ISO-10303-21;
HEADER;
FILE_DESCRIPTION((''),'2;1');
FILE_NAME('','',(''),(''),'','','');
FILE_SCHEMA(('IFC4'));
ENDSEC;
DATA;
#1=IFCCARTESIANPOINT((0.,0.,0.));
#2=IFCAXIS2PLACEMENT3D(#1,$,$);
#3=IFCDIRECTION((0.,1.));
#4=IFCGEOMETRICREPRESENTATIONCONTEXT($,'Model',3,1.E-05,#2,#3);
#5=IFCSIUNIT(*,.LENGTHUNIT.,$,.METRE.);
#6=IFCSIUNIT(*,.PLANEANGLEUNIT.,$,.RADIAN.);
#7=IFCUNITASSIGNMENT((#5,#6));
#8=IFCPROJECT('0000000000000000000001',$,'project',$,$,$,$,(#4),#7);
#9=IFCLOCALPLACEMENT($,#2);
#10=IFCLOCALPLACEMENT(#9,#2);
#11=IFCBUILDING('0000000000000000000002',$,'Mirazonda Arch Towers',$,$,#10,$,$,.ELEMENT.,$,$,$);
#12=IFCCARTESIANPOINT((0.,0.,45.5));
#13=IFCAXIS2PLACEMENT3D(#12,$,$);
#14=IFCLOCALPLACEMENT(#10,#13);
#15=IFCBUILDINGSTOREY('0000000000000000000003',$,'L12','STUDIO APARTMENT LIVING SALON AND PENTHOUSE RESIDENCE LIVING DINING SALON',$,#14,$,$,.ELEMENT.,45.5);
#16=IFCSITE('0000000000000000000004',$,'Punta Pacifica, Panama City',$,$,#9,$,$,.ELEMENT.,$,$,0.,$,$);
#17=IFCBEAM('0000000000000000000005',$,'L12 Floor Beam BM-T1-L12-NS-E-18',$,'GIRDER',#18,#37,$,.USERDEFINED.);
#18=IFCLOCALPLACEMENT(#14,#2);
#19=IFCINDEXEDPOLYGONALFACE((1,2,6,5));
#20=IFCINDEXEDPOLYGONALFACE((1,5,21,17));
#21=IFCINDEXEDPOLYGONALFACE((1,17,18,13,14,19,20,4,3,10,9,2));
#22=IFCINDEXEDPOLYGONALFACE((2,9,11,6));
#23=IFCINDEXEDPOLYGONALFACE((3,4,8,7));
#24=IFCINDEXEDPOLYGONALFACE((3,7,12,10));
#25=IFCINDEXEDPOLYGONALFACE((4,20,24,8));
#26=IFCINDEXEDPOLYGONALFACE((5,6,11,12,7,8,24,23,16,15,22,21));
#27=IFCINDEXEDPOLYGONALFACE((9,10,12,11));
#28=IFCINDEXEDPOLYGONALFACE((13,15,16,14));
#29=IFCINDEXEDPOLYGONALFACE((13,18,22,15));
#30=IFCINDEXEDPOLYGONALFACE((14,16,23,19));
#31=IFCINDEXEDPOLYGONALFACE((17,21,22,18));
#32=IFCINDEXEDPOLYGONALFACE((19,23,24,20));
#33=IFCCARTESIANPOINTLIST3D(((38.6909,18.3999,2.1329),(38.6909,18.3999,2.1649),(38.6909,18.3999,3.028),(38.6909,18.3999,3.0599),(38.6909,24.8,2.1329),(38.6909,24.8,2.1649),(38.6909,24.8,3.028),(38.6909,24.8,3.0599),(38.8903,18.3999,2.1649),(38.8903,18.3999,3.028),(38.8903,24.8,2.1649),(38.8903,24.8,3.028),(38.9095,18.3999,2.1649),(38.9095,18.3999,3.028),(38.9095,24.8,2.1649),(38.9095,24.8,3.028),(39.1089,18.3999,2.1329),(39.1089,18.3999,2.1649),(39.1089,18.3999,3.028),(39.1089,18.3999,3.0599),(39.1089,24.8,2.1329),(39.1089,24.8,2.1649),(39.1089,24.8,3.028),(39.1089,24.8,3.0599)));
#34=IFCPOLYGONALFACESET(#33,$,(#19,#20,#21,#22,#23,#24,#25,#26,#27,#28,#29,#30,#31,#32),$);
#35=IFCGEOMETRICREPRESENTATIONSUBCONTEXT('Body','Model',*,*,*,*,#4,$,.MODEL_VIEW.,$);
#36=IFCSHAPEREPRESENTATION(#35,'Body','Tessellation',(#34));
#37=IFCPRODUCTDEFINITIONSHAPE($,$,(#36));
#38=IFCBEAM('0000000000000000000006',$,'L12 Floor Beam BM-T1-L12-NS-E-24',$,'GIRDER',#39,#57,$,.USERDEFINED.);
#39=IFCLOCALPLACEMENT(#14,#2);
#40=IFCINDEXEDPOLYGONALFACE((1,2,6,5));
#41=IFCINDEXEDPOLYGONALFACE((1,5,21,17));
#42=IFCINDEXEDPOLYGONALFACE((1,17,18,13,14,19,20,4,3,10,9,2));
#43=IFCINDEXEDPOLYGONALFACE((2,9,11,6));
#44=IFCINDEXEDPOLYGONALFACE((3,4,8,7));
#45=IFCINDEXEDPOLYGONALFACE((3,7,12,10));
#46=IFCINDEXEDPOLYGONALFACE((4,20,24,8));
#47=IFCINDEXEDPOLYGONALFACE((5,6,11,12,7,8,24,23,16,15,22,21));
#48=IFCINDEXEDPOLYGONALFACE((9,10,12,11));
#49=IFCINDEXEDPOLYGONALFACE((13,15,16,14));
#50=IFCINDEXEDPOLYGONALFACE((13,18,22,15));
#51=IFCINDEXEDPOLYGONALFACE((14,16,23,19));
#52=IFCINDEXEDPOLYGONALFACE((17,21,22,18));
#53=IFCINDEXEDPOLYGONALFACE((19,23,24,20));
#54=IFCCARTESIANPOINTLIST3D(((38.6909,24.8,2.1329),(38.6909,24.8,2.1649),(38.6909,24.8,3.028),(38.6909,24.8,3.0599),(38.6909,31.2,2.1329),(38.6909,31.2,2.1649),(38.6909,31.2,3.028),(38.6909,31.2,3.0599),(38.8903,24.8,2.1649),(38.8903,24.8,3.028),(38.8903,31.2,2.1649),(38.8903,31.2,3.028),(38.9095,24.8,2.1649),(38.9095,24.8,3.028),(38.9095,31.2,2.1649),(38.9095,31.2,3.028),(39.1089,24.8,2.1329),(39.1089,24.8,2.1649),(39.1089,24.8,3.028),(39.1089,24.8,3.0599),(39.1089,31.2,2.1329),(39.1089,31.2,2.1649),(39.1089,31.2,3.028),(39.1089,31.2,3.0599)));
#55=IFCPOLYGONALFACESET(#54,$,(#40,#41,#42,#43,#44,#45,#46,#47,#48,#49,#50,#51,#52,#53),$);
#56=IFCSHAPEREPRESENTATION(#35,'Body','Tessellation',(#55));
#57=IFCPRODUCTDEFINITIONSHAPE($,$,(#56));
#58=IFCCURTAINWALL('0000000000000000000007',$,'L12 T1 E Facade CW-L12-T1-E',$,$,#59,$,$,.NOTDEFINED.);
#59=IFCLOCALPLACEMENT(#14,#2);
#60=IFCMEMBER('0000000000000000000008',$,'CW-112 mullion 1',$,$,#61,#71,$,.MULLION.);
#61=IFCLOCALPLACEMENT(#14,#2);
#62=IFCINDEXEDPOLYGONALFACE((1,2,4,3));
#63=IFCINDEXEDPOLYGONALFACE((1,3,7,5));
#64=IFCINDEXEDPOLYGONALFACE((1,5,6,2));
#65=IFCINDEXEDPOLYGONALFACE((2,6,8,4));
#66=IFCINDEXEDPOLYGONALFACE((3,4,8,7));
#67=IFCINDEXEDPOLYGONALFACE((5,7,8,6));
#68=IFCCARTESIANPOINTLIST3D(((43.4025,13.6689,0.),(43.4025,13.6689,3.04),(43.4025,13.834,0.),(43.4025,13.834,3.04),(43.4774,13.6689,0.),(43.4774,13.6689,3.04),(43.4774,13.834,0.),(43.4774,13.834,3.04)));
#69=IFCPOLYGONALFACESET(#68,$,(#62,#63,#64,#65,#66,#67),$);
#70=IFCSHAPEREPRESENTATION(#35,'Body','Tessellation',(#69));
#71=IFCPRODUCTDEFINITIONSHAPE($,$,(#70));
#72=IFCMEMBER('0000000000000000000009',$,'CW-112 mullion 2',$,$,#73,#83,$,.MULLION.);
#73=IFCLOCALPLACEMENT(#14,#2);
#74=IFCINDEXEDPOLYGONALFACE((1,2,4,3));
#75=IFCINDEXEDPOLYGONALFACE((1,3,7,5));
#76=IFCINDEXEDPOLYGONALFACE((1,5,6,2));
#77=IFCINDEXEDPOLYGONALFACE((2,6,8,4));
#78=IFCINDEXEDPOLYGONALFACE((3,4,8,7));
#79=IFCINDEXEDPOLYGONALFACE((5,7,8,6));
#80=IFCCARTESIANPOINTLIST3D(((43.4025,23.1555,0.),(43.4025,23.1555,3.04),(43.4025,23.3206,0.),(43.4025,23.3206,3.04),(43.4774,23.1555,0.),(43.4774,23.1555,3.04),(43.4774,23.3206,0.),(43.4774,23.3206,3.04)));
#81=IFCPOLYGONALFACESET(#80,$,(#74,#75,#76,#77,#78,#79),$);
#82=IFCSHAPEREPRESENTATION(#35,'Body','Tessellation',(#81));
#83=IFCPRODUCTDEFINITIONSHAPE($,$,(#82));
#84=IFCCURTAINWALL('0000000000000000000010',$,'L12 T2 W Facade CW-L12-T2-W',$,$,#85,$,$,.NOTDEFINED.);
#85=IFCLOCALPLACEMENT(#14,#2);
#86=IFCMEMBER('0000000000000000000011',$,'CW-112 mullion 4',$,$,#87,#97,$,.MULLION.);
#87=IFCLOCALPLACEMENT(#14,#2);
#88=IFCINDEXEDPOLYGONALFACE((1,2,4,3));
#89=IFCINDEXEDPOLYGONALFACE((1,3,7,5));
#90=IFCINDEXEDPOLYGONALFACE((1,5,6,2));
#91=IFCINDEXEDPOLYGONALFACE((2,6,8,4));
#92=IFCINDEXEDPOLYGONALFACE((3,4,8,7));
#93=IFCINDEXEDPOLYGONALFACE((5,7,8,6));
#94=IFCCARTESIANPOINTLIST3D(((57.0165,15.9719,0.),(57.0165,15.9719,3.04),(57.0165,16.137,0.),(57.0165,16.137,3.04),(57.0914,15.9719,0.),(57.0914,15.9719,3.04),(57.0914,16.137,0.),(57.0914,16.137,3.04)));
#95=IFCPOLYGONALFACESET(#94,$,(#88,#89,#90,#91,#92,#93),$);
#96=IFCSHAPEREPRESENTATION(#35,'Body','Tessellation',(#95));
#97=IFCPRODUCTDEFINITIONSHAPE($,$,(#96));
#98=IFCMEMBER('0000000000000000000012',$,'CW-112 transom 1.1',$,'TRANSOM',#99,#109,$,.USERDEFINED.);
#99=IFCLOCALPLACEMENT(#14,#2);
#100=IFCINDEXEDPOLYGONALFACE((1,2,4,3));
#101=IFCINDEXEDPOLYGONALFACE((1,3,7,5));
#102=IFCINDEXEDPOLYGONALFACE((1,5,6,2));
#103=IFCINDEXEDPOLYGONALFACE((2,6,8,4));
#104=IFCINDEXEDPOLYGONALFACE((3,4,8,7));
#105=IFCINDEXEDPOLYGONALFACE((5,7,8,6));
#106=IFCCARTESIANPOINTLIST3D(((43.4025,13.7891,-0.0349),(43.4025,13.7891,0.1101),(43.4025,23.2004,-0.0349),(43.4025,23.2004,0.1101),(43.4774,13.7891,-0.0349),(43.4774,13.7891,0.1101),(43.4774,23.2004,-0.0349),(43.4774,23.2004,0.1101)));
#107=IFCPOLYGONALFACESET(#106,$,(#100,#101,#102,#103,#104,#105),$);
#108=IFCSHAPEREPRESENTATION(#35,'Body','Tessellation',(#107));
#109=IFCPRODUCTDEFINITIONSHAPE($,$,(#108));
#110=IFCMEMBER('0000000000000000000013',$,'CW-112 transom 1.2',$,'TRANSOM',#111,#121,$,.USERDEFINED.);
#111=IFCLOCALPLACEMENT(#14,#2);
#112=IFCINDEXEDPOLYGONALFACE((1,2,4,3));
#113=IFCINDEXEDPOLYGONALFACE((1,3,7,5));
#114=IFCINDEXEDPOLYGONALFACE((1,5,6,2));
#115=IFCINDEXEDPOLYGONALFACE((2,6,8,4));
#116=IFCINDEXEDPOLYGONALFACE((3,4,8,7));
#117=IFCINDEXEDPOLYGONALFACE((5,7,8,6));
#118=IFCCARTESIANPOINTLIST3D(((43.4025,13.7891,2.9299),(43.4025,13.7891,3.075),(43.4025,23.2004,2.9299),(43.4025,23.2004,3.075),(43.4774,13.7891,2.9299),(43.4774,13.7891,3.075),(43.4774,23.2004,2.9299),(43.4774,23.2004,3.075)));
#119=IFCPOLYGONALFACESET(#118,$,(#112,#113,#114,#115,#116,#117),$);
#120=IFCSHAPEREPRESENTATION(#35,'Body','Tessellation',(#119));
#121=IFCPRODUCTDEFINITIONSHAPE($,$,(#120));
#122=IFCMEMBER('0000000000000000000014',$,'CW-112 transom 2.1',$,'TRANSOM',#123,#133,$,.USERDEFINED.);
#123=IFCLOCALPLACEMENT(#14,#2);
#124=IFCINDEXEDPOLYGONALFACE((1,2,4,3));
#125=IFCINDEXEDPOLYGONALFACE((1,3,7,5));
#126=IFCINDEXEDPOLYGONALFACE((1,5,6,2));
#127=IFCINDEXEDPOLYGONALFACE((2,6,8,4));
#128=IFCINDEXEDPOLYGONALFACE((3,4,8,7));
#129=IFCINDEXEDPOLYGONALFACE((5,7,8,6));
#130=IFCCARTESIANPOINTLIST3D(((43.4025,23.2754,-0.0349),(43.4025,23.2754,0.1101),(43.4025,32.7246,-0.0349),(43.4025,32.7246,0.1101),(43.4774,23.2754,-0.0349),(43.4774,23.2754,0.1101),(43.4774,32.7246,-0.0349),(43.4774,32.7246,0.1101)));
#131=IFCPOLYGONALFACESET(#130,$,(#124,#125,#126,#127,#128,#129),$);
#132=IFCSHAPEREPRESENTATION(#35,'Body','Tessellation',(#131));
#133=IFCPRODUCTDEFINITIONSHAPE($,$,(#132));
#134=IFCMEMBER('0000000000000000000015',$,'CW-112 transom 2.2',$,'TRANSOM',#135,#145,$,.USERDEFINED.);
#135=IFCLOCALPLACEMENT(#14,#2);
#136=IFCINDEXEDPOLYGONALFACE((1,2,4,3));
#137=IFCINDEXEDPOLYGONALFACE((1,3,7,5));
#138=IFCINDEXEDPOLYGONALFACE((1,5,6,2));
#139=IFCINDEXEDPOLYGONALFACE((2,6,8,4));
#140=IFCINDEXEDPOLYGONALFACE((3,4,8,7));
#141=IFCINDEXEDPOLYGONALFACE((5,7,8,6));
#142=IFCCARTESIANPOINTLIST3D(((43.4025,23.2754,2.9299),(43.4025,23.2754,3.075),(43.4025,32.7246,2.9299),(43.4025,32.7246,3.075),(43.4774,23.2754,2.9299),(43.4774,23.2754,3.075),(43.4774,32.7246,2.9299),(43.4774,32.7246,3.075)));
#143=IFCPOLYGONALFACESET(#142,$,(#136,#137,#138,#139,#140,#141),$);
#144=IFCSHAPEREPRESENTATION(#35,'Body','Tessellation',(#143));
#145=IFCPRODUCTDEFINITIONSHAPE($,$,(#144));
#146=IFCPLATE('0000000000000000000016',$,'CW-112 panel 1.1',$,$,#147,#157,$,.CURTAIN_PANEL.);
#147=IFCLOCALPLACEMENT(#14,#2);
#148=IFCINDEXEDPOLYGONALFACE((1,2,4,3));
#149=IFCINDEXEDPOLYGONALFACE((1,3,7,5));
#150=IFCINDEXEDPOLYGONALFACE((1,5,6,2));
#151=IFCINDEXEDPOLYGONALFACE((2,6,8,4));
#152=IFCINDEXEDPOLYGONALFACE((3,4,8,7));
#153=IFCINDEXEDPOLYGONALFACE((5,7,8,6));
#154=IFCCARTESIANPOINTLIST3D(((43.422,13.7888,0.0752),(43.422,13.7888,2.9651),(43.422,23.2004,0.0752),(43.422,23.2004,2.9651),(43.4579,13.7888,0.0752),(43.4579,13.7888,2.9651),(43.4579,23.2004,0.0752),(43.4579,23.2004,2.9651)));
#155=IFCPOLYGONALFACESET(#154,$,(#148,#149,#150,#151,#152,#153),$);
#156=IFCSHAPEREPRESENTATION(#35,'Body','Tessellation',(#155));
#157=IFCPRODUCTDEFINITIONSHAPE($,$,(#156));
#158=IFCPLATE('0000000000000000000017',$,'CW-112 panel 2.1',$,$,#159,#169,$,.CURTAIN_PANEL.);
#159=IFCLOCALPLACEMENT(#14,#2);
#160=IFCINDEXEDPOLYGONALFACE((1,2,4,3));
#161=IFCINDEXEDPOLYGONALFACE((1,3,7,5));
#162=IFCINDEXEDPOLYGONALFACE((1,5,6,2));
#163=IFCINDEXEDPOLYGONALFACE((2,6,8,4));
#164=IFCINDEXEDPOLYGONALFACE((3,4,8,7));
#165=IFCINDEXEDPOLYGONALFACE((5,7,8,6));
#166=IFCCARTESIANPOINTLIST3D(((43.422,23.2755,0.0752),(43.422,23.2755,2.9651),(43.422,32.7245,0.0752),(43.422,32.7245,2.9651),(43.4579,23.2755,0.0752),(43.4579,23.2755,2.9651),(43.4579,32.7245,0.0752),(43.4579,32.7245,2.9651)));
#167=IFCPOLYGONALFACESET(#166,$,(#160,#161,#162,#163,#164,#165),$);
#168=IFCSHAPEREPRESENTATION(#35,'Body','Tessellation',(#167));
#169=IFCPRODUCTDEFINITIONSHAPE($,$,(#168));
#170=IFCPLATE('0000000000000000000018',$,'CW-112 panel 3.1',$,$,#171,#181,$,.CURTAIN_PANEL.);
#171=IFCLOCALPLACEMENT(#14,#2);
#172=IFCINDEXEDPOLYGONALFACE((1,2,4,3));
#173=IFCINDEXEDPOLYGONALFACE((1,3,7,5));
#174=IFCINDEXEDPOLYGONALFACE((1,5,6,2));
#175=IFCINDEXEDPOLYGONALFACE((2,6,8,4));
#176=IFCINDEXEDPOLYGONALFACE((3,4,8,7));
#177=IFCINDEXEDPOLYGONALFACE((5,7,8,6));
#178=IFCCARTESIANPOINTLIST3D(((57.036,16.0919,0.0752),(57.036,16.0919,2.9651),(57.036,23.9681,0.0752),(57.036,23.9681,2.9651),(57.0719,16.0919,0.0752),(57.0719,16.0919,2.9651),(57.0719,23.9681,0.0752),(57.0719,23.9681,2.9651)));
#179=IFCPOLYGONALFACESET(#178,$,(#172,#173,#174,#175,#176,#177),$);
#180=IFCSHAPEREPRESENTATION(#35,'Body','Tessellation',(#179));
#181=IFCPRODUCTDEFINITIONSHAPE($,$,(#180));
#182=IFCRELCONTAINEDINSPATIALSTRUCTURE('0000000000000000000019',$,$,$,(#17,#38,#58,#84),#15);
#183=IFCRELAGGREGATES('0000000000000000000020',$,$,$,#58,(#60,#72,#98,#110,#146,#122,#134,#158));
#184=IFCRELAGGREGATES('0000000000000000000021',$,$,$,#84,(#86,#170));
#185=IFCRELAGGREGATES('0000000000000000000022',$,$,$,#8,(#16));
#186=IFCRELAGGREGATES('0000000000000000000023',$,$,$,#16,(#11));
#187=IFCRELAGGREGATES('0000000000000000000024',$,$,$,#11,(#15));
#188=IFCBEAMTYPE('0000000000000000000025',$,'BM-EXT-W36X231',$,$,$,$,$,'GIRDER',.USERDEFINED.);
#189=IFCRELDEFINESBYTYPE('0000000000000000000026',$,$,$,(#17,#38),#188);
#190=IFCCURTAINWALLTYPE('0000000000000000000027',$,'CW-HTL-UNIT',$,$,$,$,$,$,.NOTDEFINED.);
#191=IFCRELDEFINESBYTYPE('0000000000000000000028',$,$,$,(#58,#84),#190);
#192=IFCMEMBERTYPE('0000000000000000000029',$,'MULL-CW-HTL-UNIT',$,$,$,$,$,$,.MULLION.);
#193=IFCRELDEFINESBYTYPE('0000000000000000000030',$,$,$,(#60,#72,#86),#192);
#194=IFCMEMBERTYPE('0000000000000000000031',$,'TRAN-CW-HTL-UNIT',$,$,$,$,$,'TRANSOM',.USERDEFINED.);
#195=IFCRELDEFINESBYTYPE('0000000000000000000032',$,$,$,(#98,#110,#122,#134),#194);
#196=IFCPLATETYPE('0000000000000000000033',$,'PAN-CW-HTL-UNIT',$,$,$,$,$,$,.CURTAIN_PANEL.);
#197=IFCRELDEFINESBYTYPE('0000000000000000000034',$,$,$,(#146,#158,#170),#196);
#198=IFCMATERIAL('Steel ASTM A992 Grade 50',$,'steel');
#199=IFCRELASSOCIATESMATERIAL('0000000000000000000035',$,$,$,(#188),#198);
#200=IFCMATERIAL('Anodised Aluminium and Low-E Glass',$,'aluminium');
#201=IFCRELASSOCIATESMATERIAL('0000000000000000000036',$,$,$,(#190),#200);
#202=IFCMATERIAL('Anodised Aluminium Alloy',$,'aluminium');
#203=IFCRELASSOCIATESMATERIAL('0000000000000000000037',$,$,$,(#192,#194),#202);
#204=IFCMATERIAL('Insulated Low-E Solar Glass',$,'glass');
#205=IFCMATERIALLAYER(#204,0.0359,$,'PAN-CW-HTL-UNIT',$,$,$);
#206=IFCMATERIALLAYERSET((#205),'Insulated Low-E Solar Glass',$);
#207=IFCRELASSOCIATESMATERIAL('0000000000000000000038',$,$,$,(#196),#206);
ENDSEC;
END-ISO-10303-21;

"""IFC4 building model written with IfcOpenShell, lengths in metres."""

from ifc_helpers import new_model, si_unit, direction, frame, origin, origin_2d, place, context, subcontext, project, spatial, rectangle, i_section, extrude, material, layer, layer_set, material_profile, profile_set, type_object, element, aggregate, save


model = new_model("IFC4")

# Units and contexts
model_context = context("Model", 3, precision=1e-05, world=origin(), true_north=direction((0.0, 1.0)))
body_context = subcontext(model_context, "Body", "Model", "MODEL_VIEW")
ifc_project = project(units=[si_unit("LENGTHUNIT", "METRE"), si_unit("PLANEANGLEUNIT", "RADIAN")], contexts=[model_context])

# Site, building, storey
site_placement = place(None, origin())
site = spatial("IfcSite", under=ifc_project, at=site_placement, Name="Punta Pacifica, Panama City", CompositionType="ELEMENT", RefElevation=0.0)
building_placement = place(site_placement, origin())
building = spatial("IfcBuilding", under=site, at=building_placement, Name="Mirazonda Arch Towers", CompositionType="ELEMENT")
storey_placement = place(building_placement, frame((0.0, 0.0, 45.5)))
storey = spatial("IfcBuildingStorey", under=building, at=storey_placement, Name="L12", Description="STUDIO APARTMENT LIVING SALON AND PENTHOUSE RESIDENCE LIVING DINING SALON", CompositionType="ELEMENT", Elevation=45.5)

# Beams
ifc_material_1 = material(Name="Steel ASTM A992 Grade 50", Category="steel")
ifc_material_profile_1 = material_profile(ifc_material_1, i_section(OverallWidth=0.418, OverallDepth=0.927, WebThickness=0.0193, FlangeThickness=0.032, at=origin_2d()), Name="W36X231")
ifc_profile_set_1 = profile_set([ifc_material_profile_1], Name="Steel ASTM A992 Grade 50")
beam_type = type_object("IfcBeamType", Name="BM-EXT-W36X231", ElementType="GIRDER", PredefinedType="USERDEFINED", material=ifc_profile_set_1)
beam_1_placement = place(storey_placement, frame((38.8999, 18.3999, 2.5964), z_axis=(0.0, 1.0, 0.0), x_axis=(-1.0, 0.0, 0.0)))
element("IfcBeam", 1, at=beam_1_placement, inside=storey, type_object=beam_type, Name="L12 Floor Beam BM-T1-L12-NS-E-18", ObjectType="GIRDER", PredefinedType="USERDEFINED", context=body_context, shape_type="SweptSolid", body=[
    extrude(i_section(OverallWidth=0.418, OverallDepth=0.927, WebThickness=0.0193, FlangeThickness=0.032, at=origin_2d()), origin(), (0.0, 0.0, 1.0), 6.4001),
])
beam_2_placement = place(storey_placement, frame((38.8999, 24.8, 2.5964), z_axis=(0.0, 1.0, 0.0), x_axis=(-1.0, 0.0, 0.0)))
element("IfcBeam", 2, at=beam_2_placement, inside=storey, type_object=beam_type, Name="L12 Floor Beam BM-T1-L12-NS-E-24", ObjectType="GIRDER", PredefinedType="USERDEFINED", context=body_context, shape_type="SweptSolid", body=[
    extrude(i_section(OverallWidth=0.418, OverallDepth=0.927, WebThickness=0.0193, FlangeThickness=0.032, at=origin_2d()), origin(), (0.0, 0.0, 1.0), 6.3999),
])

# Curtain wall, members
ifc_material_2 = material(Name="Anodised Aluminium and Low-E Glass", Category="aluminium")
curtain_wall_type = type_object("IfcCurtainWallType", Name="CW-HTL-UNIT", PredefinedType="NOTDEFINED", material=ifc_material_2)
curtain_wall_1_placement = place(storey_placement, origin())
curtain_wall_1 = element("IfcCurtainWall", 3, at=curtain_wall_1_placement, inside=storey, type_object=curtain_wall_type, Name="L12 T1 E Facade CW-L12-T1-E", PredefinedType="NOTDEFINED")
ifc_material_3 = material(Name="Anodised Aluminium Alloy", Category="aluminium")
ifc_material_profile_2 = material_profile(ifc_material_3, rectangle(XDim=0.075, YDim=0.165, at=origin_2d()), Name="ALU-MULL-75x165")
ifc_profile_set_2 = profile_set([ifc_material_profile_2], Name="Anodised Aluminium Alloy")
member_type_1 = type_object("IfcMemberType", Name="MULL-CW-HTL-UNIT", PredefinedType="MULLION", material=ifc_profile_set_2)
member_1_placement = place(storey_placement, frame((43.4399, 13.7515, 0.0), z_axis=(0.0, 0.0, 1.0), x_axis=(-1.0, 0.0, 0.0)))
member_1 = element("IfcMember", 4, at=member_1_placement, type_object=member_type_1, Name="CW-112 mullion 1", PredefinedType="MULLION", context=body_context, shape_type="SweptSolid", body=[
    extrude(rectangle(XDim=0.075, YDim=0.165, at=origin_2d()), origin(), (0.0, 0.0, 1.0), 3.04),
])
member_2_placement = place(storey_placement, frame((43.4399, 23.238, 0.0), z_axis=(0.0, 0.0, 1.0), x_axis=(-1.0, 0.0, 0.0)))
member_2 = element("IfcMember", 5, at=member_2_placement, type_object=member_type_1, Name="CW-112 mullion 2", PredefinedType="MULLION", context=body_context, shape_type="SweptSolid", body=[
    extrude(rectangle(XDim=0.075, YDim=0.165, at=origin_2d()), origin(), (0.0, 0.0, 1.0), 3.04),
])

# Curtain wall, member
curtain_wall_2_placement = place(storey_placement, origin())
curtain_wall_2 = element("IfcCurtainWall", 6, at=curtain_wall_2_placement, inside=storey, type_object=curtain_wall_type, Name="L12 T2 W Facade CW-L12-T2-W", PredefinedType="NOTDEFINED")
member_3_placement = place(storey_placement, frame((57.054, 16.0544, 0.0), z_axis=(0.0, 0.0, 1.0), x_axis=(1.0, 0.0, 0.0)))
member_3 = element("IfcMember", 7, at=member_3_placement, type_object=member_type_1, Name="CW-112 mullion 4", PredefinedType="MULLION", context=body_context, shape_type="SweptSolid", body=[
    extrude(rectangle(XDim=0.075, YDim=0.165, at=origin_2d()), origin(), (0.0, 0.0, 1.0), 3.04),
])

# Members
ifc_material_profile_3 = material_profile(ifc_material_3, rectangle(XDim=0.075, YDim=0.145, at=origin_2d()), Name="ALU-TRAN-75x145")
ifc_profile_set_3 = profile_set([ifc_material_profile_3], Name="Anodised Aluminium Alloy")
member_type_2 = type_object("IfcMemberType", Name="TRAN-CW-HTL-UNIT", ElementType="TRANSOM", PredefinedType="USERDEFINED", material=ifc_profile_set_3)
member_4_placement = place(storey_placement, frame((43.4399, 13.7891, 0.0376), z_axis=(0.0, 1.0, 0.0), x_axis=(-1.0, 0.0, 0.0)))
member_4 = element("IfcMember", 8, at=member_4_placement, type_object=member_type_2, Name="CW-112 transom 1.1", ObjectType="TRANSOM", PredefinedType="USERDEFINED", context=body_context, shape_type="SweptSolid", body=[
    extrude(rectangle(XDim=0.075, YDim=0.145, at=origin_2d()), origin(), (0.0, 0.0, 1.0), 9.4114),
])
member_5_placement = place(storey_placement, frame((43.4399, 13.7891, 3.0024), z_axis=(0.0, 1.0, 0.0), x_axis=(-1.0, 0.0, 0.0)))
member_5 = element("IfcMember", 9, at=member_5_placement, type_object=member_type_2, Name="CW-112 transom 1.2", ObjectType="TRANSOM", PredefinedType="USERDEFINED", context=body_context, shape_type="SweptSolid", body=[
    extrude(rectangle(XDim=0.075, YDim=0.145, at=origin_2d()), origin(), (0.0, 0.0, 1.0), 9.4114),
])
member_6_placement = place(storey_placement, frame((43.4399, 23.2754, 0.0376), z_axis=(0.0, 1.0, 0.0), x_axis=(-1.0, 0.0, 0.0)))
member_6 = element("IfcMember", 10, at=member_6_placement, type_object=member_type_2, Name="CW-112 transom 2.1", ObjectType="TRANSOM", PredefinedType="USERDEFINED", context=body_context, shape_type="SweptSolid", body=[
    extrude(rectangle(XDim=0.075, YDim=0.145, at=origin_2d()), origin(), (0.0, 0.0, 1.0), 9.4492),
])
member_7_placement = place(storey_placement, frame((43.4399, 23.2754, 3.0024), z_axis=(0.0, 1.0, 0.0), x_axis=(-1.0, 0.0, 0.0)))
member_7 = element("IfcMember", 11, at=member_7_placement, type_object=member_type_2, Name="CW-112 transom 2.2", ObjectType="TRANSOM", PredefinedType="USERDEFINED", context=body_context, shape_type="SweptSolid", body=[
    extrude(rectangle(XDim=0.075, YDim=0.145, at=origin_2d()), origin(), (0.0, 0.0, 1.0), 9.4492),
])

# Plates
ifc_material_4 = material(Name="Insulated Low-E Solar Glass", Category="glass")
ifc_layer_1 = layer(ifc_material_4, 0.0359, Name="PAN-CW-HTL-UNIT")
ifc_layer_set_1 = layer_set([ifc_layer_1], Name="Insulated Low-E Solar Glass")
plate_type = type_object("IfcPlateType", Name="PAN-CW-HTL-UNIT", PredefinedType="CURTAIN_PANEL", material=ifc_layer_set_1)
plate_1_placement = place(storey_placement, frame((43.4399, 18.4946, 0.0752), z_axis=(0.0, 0.0, 1.0), x_axis=(0.0, 1.0, 0.0)))
plate_1 = element("IfcPlate", 12, at=plate_1_placement, type_object=plate_type, Name="CW-112 panel 1.1", PredefinedType="CURTAIN_PANEL", context=body_context, shape_type="SweptSolid", body=[
    extrude(rectangle(XDim=9.4116, YDim=0.0359, at=origin_2d()), origin(), (0.0, 0.0, 1.0), 2.8899),
])
plate_2_placement = place(storey_placement, frame((43.4399, 28.0, 0.0752), z_axis=(0.0, 0.0, 1.0), x_axis=(0.0, 1.0, 0.0)))
plate_2 = element("IfcPlate", 13, at=plate_2_placement, type_object=plate_type, Name="CW-112 panel 2.1", PredefinedType="CURTAIN_PANEL", context=body_context, shape_type="SweptSolid", body=[
    extrude(rectangle(XDim=9.449, YDim=0.0359, at=origin_2d()), origin(), (0.0, 0.0, 1.0), 2.8899),
])
aggregate(curtain_wall_1, [member_1, member_2, member_4, member_5, plate_1, member_6, member_7, plate_2])
plate_3_placement = place(storey_placement, frame((57.054, 20.03, 0.0752), z_axis=(0.0, 0.0, 1.0), x_axis=(0.0, -1.0, 0.0)))
plate_3 = element("IfcPlate", 14, at=plate_3_placement, type_object=plate_type, Name="CW-112 panel 3.1", PredefinedType="CURTAIN_PANEL", context=body_context, shape_type="SweptSolid", body=[
    extrude(rectangle(XDim=7.8762, YDim=0.0359, at=origin_2d()), origin(), (0.0, 0.0, 1.0), 2.8899),
])
aggregate(curtain_wall_2, [member_3, plate_3])

save(model, "model.ifc")
